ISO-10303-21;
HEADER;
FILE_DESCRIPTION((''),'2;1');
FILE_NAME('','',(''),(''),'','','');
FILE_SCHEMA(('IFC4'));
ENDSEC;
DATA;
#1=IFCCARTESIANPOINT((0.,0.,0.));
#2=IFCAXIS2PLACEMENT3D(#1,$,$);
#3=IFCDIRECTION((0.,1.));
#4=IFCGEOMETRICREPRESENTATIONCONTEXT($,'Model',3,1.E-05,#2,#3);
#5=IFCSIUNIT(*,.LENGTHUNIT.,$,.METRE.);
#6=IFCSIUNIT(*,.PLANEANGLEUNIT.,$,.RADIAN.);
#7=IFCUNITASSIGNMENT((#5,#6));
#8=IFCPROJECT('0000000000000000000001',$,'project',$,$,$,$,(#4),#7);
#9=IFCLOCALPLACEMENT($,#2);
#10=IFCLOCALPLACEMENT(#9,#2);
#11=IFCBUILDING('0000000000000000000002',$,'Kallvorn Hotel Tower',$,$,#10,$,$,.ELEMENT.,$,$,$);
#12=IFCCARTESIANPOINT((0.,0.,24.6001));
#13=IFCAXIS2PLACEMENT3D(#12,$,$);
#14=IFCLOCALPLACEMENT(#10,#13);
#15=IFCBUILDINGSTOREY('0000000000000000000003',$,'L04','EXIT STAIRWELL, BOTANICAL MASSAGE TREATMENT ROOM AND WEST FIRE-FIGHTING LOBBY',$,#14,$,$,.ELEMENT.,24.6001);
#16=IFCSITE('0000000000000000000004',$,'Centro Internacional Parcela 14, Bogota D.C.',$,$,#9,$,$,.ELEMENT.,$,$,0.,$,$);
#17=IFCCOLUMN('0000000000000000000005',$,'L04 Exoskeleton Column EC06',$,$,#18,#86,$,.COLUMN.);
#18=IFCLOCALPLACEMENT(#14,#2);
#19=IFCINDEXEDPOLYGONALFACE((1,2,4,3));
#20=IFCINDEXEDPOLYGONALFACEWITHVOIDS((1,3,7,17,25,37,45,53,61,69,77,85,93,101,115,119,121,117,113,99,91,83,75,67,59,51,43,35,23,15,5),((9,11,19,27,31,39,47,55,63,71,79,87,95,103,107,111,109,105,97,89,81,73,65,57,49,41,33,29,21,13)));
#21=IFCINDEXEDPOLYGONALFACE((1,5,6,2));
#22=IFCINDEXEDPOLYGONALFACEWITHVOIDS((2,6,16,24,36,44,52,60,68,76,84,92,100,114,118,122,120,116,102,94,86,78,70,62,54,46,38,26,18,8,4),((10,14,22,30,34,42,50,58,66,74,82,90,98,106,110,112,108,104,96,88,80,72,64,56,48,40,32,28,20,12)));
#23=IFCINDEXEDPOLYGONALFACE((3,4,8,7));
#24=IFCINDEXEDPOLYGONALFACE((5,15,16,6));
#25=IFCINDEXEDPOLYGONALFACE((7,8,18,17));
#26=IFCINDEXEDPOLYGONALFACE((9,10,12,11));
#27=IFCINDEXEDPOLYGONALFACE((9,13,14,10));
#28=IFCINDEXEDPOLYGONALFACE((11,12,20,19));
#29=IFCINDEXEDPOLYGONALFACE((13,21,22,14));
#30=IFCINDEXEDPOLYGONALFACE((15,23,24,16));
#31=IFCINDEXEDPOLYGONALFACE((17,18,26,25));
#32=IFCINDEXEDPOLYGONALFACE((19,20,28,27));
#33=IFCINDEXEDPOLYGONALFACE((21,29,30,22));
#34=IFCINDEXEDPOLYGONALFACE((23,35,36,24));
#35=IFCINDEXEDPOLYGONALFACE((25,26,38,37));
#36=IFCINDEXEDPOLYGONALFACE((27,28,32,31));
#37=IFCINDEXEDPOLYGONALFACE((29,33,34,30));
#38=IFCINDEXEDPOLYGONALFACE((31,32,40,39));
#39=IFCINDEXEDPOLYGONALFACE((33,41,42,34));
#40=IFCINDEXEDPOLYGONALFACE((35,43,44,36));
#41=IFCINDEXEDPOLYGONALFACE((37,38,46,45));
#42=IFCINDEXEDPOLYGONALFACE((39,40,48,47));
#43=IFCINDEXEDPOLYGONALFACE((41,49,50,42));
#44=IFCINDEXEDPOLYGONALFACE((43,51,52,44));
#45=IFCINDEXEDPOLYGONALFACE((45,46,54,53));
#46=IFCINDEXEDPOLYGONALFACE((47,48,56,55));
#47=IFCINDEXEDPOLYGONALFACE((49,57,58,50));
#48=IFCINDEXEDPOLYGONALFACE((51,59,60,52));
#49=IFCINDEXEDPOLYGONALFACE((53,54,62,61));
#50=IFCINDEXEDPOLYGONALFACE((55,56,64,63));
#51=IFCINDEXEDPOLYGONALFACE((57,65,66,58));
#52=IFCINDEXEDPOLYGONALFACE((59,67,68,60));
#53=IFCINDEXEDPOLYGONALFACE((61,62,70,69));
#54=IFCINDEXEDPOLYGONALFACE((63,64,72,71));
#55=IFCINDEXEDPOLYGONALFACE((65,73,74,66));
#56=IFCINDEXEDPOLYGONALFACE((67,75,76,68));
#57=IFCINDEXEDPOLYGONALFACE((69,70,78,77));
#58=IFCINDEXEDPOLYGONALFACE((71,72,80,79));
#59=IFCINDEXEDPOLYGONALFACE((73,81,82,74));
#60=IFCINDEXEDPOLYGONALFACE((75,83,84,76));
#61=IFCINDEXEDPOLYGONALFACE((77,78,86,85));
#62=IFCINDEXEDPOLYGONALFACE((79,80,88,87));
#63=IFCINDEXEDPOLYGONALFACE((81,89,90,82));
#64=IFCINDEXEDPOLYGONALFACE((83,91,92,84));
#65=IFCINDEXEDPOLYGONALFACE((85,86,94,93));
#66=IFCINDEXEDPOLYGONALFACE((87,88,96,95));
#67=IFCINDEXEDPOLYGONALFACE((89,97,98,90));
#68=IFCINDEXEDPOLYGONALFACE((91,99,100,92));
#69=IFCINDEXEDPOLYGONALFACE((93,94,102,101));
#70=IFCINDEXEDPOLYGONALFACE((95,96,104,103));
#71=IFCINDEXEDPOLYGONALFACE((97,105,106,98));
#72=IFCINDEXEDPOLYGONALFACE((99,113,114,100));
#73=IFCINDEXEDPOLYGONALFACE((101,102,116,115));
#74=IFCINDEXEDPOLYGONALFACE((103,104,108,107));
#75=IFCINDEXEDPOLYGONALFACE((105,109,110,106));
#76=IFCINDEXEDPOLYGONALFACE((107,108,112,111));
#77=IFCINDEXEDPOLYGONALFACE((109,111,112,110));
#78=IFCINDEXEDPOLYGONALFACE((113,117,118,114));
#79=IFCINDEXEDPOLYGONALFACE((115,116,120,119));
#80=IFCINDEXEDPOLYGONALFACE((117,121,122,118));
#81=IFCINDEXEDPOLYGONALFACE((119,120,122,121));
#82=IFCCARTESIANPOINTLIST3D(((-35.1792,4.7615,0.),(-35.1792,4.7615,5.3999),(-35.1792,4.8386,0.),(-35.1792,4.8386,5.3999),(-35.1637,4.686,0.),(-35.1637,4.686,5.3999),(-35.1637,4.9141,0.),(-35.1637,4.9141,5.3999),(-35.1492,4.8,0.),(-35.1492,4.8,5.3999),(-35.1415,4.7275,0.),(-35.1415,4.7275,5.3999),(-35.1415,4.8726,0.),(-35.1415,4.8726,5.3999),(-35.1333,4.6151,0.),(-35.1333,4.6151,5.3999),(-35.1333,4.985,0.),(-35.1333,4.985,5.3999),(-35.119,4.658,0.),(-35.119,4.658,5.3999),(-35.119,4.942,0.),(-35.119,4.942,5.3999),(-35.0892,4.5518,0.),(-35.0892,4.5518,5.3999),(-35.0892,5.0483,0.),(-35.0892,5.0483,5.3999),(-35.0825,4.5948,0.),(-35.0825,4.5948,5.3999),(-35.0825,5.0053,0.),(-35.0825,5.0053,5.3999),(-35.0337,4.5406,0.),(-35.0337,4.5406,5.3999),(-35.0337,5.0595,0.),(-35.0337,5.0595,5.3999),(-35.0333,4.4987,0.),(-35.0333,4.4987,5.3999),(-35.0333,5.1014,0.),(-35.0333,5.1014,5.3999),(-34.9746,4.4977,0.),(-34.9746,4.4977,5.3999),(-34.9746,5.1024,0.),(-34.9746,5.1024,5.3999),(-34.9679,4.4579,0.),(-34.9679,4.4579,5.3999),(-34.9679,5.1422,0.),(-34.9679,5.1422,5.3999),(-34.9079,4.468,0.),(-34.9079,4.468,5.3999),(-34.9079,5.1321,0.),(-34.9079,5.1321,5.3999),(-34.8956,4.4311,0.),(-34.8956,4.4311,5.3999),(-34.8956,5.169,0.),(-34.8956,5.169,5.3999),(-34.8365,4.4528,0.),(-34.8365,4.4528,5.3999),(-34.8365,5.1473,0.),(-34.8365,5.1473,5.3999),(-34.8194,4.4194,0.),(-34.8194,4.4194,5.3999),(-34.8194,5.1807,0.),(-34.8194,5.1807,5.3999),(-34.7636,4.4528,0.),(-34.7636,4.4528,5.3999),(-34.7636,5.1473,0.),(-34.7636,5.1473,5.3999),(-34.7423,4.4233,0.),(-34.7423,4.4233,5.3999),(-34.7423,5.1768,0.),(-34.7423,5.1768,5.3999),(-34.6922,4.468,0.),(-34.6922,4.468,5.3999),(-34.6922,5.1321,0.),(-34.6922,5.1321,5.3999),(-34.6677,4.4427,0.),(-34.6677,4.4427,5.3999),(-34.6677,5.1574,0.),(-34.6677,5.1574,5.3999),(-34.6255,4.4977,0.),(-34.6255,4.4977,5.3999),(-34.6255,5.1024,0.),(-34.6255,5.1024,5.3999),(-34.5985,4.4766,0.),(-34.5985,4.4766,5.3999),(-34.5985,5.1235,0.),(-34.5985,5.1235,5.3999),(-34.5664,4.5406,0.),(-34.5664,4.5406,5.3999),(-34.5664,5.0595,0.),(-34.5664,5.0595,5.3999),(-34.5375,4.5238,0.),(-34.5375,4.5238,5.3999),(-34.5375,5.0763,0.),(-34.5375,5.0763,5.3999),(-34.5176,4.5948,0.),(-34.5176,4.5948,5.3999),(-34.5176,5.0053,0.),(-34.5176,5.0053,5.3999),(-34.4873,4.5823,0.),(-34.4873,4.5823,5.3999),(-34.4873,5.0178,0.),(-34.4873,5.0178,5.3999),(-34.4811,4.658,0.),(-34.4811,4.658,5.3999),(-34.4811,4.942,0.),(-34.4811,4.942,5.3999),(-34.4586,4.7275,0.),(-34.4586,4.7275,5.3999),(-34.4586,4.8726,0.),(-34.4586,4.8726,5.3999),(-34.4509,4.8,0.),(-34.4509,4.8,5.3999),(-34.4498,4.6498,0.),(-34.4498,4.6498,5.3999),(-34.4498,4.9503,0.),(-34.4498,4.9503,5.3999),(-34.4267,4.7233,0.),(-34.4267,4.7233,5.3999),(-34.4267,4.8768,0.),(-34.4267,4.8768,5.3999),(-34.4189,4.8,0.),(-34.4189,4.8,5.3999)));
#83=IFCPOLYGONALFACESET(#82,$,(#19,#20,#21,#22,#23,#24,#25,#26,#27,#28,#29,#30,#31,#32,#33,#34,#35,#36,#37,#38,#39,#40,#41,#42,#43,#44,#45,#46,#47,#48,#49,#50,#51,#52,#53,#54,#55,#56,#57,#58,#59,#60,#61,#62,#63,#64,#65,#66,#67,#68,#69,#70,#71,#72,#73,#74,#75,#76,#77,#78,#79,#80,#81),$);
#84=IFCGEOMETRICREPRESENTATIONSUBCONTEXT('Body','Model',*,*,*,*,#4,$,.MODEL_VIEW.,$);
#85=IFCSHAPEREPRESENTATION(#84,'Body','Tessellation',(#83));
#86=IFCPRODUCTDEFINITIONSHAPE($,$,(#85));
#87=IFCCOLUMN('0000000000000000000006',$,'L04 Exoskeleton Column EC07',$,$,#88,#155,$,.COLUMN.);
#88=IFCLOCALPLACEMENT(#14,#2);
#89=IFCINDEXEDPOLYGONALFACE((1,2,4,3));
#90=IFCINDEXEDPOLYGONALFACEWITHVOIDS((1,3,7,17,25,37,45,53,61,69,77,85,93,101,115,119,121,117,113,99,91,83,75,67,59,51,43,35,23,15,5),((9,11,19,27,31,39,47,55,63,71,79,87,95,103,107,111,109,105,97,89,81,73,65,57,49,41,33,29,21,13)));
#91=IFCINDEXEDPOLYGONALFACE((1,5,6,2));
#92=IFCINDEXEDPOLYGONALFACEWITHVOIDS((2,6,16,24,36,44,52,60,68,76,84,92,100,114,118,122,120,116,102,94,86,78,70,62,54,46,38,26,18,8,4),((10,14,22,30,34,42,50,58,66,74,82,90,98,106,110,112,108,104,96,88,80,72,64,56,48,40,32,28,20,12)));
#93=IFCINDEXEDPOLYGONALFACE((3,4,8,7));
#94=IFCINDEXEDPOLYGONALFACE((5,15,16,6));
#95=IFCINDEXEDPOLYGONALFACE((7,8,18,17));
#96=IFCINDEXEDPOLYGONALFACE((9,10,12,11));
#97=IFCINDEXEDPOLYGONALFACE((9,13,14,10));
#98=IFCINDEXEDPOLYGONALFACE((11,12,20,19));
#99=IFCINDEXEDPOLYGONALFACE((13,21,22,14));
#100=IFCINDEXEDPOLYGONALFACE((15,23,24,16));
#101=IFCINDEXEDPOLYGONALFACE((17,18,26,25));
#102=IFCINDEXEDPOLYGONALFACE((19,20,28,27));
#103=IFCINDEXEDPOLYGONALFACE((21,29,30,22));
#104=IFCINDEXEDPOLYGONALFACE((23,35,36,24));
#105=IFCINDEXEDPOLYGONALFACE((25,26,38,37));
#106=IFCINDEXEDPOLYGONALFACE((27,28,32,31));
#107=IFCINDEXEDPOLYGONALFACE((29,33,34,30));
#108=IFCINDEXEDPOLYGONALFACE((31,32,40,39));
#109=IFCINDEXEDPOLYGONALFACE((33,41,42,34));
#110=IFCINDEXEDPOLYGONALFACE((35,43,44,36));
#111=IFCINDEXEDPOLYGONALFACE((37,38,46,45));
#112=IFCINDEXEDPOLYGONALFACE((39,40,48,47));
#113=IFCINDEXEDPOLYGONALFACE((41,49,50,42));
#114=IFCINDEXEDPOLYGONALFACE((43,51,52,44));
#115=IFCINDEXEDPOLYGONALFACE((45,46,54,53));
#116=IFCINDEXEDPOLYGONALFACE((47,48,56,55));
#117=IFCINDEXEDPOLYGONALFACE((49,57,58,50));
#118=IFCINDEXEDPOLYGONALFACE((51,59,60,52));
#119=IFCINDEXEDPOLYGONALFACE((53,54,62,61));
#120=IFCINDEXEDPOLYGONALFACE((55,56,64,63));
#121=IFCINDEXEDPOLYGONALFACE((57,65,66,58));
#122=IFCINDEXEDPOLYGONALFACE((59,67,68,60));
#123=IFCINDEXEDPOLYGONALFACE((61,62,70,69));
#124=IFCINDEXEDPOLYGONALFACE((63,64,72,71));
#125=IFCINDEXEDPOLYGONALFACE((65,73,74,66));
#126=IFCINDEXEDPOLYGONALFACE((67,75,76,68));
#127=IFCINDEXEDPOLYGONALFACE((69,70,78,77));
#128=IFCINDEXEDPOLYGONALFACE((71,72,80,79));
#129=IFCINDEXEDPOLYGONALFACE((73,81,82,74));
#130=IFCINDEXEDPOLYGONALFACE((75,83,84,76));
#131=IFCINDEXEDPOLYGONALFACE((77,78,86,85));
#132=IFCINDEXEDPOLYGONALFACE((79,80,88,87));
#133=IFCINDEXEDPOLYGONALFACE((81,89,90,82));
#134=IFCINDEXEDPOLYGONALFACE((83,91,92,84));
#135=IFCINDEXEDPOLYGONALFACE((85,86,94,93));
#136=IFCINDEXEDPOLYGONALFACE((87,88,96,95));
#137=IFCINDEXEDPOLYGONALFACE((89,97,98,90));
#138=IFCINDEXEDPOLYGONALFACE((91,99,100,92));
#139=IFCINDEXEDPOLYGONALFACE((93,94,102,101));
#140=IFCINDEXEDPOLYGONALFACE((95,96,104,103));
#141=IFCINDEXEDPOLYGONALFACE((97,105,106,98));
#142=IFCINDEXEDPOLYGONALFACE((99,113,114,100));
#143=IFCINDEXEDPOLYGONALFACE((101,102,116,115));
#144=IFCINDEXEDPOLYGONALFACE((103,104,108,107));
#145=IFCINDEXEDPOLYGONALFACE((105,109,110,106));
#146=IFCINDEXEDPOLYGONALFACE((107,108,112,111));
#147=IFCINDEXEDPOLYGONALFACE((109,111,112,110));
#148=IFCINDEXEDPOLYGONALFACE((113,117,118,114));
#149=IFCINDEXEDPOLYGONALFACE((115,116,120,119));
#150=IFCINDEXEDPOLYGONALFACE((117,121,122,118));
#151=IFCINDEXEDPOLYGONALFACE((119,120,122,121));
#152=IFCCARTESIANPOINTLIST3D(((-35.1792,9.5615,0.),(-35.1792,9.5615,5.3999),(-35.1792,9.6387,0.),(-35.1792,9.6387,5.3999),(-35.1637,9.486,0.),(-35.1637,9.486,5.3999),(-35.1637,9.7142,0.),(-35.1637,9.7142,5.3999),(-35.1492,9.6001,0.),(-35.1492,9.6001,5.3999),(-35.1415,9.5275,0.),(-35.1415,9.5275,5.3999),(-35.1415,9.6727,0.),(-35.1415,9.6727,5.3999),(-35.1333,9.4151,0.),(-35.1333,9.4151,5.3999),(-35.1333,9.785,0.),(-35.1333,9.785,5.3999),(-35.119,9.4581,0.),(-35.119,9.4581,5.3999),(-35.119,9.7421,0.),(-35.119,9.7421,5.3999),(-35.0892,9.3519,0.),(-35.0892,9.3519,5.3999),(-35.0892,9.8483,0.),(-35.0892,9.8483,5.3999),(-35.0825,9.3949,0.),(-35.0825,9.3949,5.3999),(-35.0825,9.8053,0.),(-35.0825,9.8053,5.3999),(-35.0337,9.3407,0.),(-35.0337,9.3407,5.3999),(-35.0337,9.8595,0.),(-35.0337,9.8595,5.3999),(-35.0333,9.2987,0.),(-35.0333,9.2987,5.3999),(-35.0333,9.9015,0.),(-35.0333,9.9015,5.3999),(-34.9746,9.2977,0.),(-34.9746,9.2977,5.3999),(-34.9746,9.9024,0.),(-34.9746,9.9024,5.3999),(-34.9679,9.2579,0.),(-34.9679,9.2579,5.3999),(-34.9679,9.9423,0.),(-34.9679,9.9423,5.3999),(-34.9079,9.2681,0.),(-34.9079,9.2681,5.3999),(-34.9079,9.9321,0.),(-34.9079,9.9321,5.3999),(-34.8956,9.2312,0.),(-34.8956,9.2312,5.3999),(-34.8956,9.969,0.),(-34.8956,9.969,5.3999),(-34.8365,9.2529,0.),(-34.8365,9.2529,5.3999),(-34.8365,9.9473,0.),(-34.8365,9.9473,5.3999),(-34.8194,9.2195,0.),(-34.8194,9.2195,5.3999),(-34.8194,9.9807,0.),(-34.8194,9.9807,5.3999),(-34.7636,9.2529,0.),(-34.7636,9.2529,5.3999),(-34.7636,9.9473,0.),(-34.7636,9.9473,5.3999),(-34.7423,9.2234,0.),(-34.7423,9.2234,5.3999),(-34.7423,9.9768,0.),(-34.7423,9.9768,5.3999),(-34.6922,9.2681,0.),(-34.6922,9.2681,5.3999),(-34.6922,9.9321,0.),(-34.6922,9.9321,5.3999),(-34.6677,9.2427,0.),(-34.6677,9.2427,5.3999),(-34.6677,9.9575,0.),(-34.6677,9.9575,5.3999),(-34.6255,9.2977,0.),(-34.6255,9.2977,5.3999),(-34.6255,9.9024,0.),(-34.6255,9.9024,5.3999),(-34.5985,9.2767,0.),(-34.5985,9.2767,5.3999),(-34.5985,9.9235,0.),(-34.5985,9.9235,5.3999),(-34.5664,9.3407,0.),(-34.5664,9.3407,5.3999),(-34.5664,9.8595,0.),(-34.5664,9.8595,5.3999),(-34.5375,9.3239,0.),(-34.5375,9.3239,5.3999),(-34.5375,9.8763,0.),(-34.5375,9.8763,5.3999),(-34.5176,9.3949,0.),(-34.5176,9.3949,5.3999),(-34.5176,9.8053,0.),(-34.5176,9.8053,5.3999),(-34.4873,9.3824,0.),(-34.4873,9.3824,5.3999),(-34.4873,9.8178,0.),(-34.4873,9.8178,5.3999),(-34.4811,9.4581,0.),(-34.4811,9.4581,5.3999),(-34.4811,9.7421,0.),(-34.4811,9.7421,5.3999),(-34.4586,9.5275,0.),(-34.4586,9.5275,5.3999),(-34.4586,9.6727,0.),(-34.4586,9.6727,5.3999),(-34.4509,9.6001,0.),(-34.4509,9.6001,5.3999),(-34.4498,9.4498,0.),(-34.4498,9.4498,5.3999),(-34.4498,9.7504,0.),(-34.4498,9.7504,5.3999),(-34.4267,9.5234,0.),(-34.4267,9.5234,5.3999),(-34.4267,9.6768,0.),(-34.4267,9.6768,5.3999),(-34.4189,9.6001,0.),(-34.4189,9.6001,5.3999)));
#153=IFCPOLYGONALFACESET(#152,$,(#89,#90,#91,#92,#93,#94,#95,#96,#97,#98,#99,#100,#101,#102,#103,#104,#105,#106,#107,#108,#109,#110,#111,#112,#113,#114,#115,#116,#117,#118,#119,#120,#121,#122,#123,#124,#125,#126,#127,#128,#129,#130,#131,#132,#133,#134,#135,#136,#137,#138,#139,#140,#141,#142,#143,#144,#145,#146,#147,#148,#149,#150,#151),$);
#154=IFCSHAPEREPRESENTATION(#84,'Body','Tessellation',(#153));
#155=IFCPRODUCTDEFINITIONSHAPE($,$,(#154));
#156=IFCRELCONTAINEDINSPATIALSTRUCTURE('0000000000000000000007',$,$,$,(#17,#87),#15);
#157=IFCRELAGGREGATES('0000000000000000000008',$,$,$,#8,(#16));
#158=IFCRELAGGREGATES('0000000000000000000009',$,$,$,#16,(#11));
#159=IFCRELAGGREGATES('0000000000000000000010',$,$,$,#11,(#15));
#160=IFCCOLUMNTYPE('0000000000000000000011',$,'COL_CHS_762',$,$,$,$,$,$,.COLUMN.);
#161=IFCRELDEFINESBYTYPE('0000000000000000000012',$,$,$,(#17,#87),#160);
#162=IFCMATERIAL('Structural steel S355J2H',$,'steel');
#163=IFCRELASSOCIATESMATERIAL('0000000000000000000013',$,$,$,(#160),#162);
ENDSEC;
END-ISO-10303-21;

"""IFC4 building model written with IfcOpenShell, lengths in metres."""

from ifc_helpers import new_model, si_unit, direction, frame, origin, origin_2d, place, context, subcontext, project, spatial, hollow_circle, extrude, material, material_profile, profile_set, type_object, element, save


model = new_model("IFC4")

# Units and contexts
model_context = context("Model", 3, precision=1e-05, world=origin(), true_north=direction((0.0, 1.0)))
body_context = subcontext(model_context, "Body", "Model", "MODEL_VIEW")
ifc_project = project(units=[si_unit("LENGTHUNIT", "METRE"), si_unit("PLANEANGLEUNIT", "RADIAN")], contexts=[model_context])

# Site, building, storey
site_placement = place(None, origin())
site = spatial("IfcSite", under=ifc_project, at=site_placement, Name="Centro Internacional Parcela 14, Bogota D.C.", CompositionType="ELEMENT", RefElevation=0.0)
building_placement = place(site_placement, origin())
building = spatial("IfcBuilding", under=site, at=building_placement, Name="Kallvorn Hotel Tower", CompositionType="ELEMENT")
storey_placement = place(building_placement, frame((0.0, 0.0, 24.6001)))
storey = spatial("IfcBuildingStorey", under=building, at=storey_placement, Name="L04", Description="EXIT STAIRWELL, BOTANICAL MASSAGE TREATMENT ROOM AND WEST FIRE-FIGHTING LOBBY", CompositionType="ELEMENT", Elevation=24.6001)

# Columns
ifc_material_1 = material(Name="Structural steel S355J2H", Category="steel")
ifc_material_profile_1 = material_profile(ifc_material_1, hollow_circle(Radius=0.3811, WallThickness=0.032, at=origin_2d()), Name="CHS 762x32")
ifc_profile_set_1 = profile_set([ifc_material_profile_1], Name="Structural steel S355J2H")
column_type_1 = type_object("IfcColumnType", Name="COL_CHS_762", PredefinedType="COLUMN", material=ifc_profile_set_1)
for number, where, z_axis, x_axis, name in (
    (1, (-34.8, 4.8, 0.0), (0.0, 0.0, 1.0), (1.0, 0.0, 0.0), "L04 Exoskeleton Column EC06"),
    (2, (-34.8, 9.6001, 0.0), (0.0, 0.0, 1.0), (1.0, 0.0, 0.0), "L04 Exoskeleton Column EC07"),
):
    element("IfcColumn", number, at=place(storey_placement, frame(where, z_axis=z_axis, x_axis=x_axis)), inside=storey, type_object=column_type_1, Name=name, PredefinedType="COLUMN", context=body_context, shape_type="SweptSolid", body=[
        extrude(hollow_circle(Radius=0.3811, WallThickness=0.032, at=origin_2d()), origin(), (0.0, 0.0, 1.0), 5.3999),
    ])

save(model, "model.ifc")
